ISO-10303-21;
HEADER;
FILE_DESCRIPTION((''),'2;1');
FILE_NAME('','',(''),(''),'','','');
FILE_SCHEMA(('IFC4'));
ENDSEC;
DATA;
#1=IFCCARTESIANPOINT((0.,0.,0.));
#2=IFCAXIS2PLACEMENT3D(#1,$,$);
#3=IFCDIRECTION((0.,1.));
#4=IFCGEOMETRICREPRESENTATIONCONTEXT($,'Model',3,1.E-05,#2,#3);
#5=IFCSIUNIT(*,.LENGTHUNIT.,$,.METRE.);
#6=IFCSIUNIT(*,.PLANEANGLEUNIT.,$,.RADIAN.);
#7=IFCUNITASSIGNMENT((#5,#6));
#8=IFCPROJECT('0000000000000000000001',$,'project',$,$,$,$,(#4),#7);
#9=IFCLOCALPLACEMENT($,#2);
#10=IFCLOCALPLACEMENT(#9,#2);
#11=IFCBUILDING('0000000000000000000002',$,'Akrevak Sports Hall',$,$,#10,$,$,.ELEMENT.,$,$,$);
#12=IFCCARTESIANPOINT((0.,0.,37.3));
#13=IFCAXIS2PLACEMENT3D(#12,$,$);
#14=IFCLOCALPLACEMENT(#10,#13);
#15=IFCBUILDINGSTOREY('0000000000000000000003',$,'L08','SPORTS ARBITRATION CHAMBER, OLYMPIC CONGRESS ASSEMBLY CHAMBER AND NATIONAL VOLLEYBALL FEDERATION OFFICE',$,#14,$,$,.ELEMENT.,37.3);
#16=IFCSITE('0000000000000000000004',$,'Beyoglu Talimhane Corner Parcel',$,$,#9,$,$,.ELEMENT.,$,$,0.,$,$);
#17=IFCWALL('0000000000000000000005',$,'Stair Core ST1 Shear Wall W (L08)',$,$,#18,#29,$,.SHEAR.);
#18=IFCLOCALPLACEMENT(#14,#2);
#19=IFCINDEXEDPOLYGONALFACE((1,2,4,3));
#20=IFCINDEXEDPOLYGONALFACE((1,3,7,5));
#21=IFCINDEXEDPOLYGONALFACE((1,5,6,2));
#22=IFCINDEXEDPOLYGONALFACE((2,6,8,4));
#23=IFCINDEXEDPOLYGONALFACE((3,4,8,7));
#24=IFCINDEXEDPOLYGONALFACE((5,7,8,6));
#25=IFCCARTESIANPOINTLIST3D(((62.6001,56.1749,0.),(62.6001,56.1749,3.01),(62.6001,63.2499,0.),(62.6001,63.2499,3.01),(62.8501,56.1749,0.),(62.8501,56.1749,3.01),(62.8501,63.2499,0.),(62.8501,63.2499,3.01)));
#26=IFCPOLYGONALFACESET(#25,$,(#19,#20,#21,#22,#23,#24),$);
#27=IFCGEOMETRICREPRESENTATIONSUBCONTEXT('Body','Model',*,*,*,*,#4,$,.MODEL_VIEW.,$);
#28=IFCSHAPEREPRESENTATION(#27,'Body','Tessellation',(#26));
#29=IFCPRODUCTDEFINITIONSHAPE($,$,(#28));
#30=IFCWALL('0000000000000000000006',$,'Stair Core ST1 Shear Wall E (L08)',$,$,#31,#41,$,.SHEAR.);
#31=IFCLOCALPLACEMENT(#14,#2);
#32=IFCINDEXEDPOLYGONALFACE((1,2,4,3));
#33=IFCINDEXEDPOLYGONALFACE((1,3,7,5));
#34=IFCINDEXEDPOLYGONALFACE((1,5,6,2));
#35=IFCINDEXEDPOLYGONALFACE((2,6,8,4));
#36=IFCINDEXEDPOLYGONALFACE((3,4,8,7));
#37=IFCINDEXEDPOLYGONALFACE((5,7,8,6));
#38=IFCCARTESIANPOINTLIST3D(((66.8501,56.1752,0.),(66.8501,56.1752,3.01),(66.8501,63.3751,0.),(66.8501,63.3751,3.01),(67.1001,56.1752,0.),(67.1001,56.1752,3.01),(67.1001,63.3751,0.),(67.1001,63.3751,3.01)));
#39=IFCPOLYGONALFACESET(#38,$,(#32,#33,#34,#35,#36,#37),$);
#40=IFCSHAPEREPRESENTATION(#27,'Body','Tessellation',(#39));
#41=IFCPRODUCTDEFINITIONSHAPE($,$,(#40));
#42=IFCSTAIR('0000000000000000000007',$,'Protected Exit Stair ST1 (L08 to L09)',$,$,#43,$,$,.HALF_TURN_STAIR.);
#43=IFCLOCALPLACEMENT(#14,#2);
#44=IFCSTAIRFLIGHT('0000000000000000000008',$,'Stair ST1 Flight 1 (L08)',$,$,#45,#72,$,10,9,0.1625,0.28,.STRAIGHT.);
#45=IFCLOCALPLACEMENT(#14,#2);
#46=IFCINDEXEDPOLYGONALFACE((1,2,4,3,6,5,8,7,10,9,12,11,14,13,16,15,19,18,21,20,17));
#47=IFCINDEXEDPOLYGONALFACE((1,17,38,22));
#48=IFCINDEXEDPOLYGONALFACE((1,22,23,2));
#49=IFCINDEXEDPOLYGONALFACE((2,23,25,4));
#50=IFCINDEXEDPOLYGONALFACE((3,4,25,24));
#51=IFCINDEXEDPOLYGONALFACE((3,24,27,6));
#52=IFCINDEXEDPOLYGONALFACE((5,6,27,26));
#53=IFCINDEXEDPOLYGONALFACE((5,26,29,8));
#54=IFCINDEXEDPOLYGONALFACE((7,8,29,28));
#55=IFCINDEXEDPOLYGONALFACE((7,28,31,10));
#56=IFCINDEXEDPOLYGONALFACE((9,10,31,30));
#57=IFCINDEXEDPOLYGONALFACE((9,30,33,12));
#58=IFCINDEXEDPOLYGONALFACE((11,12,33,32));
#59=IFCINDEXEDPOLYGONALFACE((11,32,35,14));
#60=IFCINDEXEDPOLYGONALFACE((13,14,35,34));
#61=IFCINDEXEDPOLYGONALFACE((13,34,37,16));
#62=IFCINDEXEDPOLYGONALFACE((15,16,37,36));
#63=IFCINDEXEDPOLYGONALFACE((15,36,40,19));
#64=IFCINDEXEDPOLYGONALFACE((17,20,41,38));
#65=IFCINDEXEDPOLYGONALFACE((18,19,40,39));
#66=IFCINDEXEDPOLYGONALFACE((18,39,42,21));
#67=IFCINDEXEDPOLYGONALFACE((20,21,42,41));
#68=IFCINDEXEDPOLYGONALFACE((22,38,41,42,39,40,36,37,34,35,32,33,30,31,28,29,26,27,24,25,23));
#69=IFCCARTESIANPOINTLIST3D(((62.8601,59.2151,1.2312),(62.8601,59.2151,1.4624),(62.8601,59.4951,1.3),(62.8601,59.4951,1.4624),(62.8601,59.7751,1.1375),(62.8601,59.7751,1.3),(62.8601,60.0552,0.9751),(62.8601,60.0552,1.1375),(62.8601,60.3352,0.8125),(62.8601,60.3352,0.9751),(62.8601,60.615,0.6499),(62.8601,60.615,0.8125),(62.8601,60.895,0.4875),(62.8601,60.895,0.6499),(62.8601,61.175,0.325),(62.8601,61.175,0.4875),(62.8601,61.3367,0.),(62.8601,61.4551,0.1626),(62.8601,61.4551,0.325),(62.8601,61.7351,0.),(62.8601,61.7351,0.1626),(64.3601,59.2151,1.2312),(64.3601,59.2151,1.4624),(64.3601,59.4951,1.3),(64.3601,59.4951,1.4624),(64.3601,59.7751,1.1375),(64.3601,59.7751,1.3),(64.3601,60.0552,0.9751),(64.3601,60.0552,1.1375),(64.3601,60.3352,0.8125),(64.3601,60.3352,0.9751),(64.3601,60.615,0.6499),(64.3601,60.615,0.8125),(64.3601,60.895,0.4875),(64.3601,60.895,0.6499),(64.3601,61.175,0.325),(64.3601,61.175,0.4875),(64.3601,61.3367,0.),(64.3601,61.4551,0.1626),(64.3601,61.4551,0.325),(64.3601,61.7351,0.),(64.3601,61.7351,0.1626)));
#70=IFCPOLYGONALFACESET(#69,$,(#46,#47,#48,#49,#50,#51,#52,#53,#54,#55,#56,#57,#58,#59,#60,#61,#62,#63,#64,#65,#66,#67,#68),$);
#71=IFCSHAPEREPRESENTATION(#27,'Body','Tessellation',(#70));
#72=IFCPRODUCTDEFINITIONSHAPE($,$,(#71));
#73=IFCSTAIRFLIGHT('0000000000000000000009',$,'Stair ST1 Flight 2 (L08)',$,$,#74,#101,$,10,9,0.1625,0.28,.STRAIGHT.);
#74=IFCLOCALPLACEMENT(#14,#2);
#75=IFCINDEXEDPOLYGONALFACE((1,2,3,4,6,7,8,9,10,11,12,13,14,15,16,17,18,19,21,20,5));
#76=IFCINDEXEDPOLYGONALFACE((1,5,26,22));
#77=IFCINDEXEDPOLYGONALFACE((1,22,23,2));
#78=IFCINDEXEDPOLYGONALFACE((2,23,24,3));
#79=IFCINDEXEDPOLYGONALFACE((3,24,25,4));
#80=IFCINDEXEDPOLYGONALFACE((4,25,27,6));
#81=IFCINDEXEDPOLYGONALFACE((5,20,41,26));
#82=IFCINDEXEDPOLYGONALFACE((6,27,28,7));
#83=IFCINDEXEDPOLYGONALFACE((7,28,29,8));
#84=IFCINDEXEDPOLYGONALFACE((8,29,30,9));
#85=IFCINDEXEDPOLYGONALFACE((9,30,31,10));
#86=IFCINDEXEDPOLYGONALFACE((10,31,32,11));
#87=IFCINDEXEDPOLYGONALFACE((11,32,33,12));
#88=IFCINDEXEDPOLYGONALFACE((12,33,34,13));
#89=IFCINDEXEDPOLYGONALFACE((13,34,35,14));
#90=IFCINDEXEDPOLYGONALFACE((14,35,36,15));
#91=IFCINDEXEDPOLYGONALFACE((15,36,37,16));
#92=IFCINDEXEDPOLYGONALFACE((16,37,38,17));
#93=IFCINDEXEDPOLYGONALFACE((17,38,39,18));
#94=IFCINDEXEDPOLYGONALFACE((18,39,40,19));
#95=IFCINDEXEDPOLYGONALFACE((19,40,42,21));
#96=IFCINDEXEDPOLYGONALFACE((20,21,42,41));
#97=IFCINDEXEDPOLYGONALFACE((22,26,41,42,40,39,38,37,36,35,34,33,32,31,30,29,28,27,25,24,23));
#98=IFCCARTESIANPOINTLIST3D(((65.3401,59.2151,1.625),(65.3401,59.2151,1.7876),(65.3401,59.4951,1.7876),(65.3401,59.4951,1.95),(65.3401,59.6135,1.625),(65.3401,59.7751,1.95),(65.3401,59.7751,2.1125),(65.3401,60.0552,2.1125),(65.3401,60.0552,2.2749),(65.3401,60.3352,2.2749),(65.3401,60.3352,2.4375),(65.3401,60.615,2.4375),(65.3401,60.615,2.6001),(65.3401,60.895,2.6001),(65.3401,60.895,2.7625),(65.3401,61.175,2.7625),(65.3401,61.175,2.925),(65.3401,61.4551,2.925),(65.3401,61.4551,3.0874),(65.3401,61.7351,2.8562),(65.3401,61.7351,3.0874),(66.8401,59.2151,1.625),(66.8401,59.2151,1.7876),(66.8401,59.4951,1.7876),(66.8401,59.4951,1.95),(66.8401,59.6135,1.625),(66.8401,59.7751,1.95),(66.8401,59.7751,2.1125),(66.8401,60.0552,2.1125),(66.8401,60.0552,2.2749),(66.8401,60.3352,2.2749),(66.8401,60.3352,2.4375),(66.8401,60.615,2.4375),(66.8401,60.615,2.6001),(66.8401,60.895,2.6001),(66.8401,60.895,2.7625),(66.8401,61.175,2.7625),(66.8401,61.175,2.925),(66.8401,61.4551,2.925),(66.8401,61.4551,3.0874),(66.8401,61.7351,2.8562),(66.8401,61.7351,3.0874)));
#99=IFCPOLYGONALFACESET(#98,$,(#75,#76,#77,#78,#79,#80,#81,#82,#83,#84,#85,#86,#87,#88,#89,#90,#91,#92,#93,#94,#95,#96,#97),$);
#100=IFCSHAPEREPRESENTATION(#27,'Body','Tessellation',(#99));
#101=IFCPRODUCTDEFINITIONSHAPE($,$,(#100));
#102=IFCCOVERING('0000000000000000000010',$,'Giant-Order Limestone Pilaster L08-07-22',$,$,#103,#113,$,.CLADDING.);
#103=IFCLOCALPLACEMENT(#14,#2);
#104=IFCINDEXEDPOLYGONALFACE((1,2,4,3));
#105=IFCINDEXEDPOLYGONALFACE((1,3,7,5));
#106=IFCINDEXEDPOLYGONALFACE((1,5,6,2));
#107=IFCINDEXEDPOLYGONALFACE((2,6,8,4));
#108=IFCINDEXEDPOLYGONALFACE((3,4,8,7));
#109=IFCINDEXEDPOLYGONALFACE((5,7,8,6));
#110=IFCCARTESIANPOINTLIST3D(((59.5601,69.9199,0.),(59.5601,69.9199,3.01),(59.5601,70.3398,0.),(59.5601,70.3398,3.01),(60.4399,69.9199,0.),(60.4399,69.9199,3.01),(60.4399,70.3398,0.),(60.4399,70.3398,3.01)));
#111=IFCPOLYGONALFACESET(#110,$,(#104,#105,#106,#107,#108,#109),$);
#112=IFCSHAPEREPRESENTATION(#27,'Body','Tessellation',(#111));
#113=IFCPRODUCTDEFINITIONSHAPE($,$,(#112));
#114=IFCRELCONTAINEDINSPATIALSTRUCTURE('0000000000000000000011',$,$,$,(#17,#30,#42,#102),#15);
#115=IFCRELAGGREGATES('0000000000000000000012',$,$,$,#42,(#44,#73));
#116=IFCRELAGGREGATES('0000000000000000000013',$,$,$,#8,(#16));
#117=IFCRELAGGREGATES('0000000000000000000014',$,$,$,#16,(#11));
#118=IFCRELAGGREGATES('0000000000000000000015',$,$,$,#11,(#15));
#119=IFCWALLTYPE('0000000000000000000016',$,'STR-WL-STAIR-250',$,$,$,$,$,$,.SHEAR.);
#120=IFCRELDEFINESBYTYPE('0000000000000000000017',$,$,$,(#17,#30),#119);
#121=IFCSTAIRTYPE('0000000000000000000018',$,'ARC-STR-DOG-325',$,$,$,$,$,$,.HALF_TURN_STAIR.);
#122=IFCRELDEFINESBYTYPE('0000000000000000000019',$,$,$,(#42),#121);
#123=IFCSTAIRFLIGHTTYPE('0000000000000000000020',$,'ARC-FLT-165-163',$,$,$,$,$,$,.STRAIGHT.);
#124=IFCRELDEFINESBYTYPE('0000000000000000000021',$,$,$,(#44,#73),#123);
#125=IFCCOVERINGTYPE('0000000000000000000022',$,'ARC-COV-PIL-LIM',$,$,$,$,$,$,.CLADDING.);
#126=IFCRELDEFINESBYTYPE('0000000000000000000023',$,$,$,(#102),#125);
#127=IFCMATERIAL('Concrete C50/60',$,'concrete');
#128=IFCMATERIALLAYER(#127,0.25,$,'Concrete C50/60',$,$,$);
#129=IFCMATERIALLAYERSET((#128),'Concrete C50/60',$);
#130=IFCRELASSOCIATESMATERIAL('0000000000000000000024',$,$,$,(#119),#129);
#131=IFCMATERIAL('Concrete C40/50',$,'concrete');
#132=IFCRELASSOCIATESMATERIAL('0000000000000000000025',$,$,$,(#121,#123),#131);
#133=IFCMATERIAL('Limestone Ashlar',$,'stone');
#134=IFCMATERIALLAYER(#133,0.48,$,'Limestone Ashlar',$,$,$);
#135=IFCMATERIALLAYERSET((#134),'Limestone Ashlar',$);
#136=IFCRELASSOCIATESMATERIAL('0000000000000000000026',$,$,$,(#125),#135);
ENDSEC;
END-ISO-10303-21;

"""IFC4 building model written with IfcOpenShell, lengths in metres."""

from ifc_helpers import new_model, si_unit, direction, frame, frame_2d, origin, origin_2d, place, context, subcontext, project, spatial, polyline, rectangle, outline, extrude, material, layer, layer_set, type_object, element, aggregate, save


model = new_model("IFC4")

# Units and contexts
model_context = context("Model", 3, precision=1e-05, world=origin(), true_north=direction((0.0, 1.0)))
body_context = subcontext(model_context, "Body", "Model", "MODEL_VIEW")
ifc_project = project(units=[si_unit("LENGTHUNIT", "METRE"), si_unit("PLANEANGLEUNIT", "RADIAN")], contexts=[model_context])

# Site, building, storey
site_placement = place(None, origin())
site = spatial("IfcSite", under=ifc_project, at=site_placement, Name="Beyoglu Talimhane Corner Parcel", CompositionType="ELEMENT", RefElevation=0.0)
building_placement = place(site_placement, origin())
building = spatial("IfcBuilding", under=site, at=building_placement, Name="Akrevak Sports Hall", CompositionType="ELEMENT")
storey_placement = place(building_placement, frame((0.0, 0.0, 37.3)))
storey = spatial("IfcBuildingStorey", under=building, at=storey_placement, Name="L08", Description="SPORTS ARBITRATION CHAMBER, OLYMPIC CONGRESS ASSEMBLY CHAMBER AND NATIONAL VOLLEYBALL FEDERATION OFFICE", CompositionType="ELEMENT", Elevation=37.3)

# Shared definitions
ifc_material_1 = material(Name="Concrete C40/50", Category="concrete")

# Shared definitions
ifc_material_2 = material(Name="Concrete C50/60", Category="concrete")

# Shared definitions
ifc_layer_1 = layer(ifc_material_2, 0.25, Name="Concrete C50/60")
ifc_layer_set_1 = layer_set([ifc_layer_1], Name="Concrete C50/60")
wall_type_1 = type_object("IfcWallType", Name="STR-WL-STAIR-250", PredefinedType="SHEAR", material=ifc_layer_set_1)

# Walls
wall_1_placement = place(storey_placement, frame((62.7251, 63.25, 0.0), z_axis=(0.0, 0.0, 1.0), x_axis=(0.0, -1.0, 0.0)))
element("IfcWall", 1, at=wall_1_placement, inside=storey, type_object=wall_type_1, Name="Stair Core ST1 Shear Wall W (L08)", PredefinedType="SHEAR", context=body_context, shape_type="SweptSolid", body=[
    extrude(rectangle(XDim=7.075, YDim=0.25, at=frame_2d((3.5376, 0.0))), origin(), (0.0, 0.0, 1.0), 3.01),
])
wall_2_placement = place(storey_placement, frame((66.9751, 56.175, 0.0), z_axis=(0.0, 0.0, 1.0), x_axis=(0.0, 1.0, 0.0)))
element("IfcWall", 2, at=wall_2_placement, inside=storey, type_object=wall_type_1, Name="Stair Core ST1 Shear Wall E (L08)", PredefinedType="SHEAR", context=body_context, shape_type="SweptSolid", body=[
    extrude(rectangle(XDim=7.2, YDim=0.25, at=frame_2d((3.6001, 0.0))), origin(), (0.0, 0.0, 1.0), 3.01),
])

# Stair, stair flights
stair_type = type_object("IfcStairType", Name="ARC-STR-DOG-325", PredefinedType="HALF_TURN_STAIR", material=ifc_material_1)
stair_placement = place(storey_placement, origin())
stair = element("IfcStair", 3, at=stair_placement, inside=storey, type_object=stair_type, Name="Protected Exit Stair ST1 (L08 to L09)", PredefinedType="HALF_TURN_STAIR")
stair_flight_type = type_object("IfcStairFlightType", Name="ARC-FLT-165-163", PredefinedType="STRAIGHT", material=ifc_material_1)
stair_flight_1_placement = place(storey_placement, frame((63.6101, 61.7351, 0.0), z_axis=(0.0, 0.0, 1.0), x_axis=(0.0, -1.0, 0.0)))
stair_flight_1 = element("IfcStairFlight", 4, at=stair_flight_1_placement, type_object=stair_flight_type, Name="Stair ST1 Flight 1 (L08)", NumberOfRisers=10, NumberOfTreads=9, PredefinedType="STRAIGHT", RiserHeight=0.1625, TreadLength=0.28, context=body_context, shape_type="SweptSolid", body=[
    extrude(outline(polyline([(0.0, 0.0), (0.0, 0.1626), (0.28, 0.1626), (0.28, 0.325), (0.5601, 0.325), (0.5601, 0.4875), (0.8401, 0.4875), (0.8401, 0.6499), (1.1201, 0.6499), (1.1201, 0.8125), (1.3999, 0.8125), (1.3999, 0.9751), (1.6799, 0.9751), (1.6799, 1.1375), (1.96, 1.1375), (1.96, 1.3), (2.24, 1.3), (2.24, 1.4624), (2.52, 1.4624), (2.52, 1.625), (2.52, 1.2312), (0.3984, 0.0), (0.0, 0.0)])), frame((0.0, 0.75, 0.0), z_axis=(0.0, -1.0, 0.0), x_axis=(1.0, 0.0, 0.0)), (0.0, 0.0, 1.0), 1.5),
])
stair_flight_2_placement = place(storey_placement, frame((66.0901, 59.2151, 1.625), z_axis=(0.0, 0.0, 1.0), x_axis=(0.0, 1.0, 0.0)))
stair_flight_2 = element("IfcStairFlight", 5, at=stair_flight_2_placement, type_object=stair_flight_type, Name="Stair ST1 Flight 2 (L08)", NumberOfRisers=10, NumberOfTreads=9, PredefinedType="STRAIGHT", RiserHeight=0.1625, TreadLength=0.28, context=body_context, shape_type="SweptSolid", body=[
    extrude(outline(polyline([(0.0, 0.0), (0.0, 0.1626), (0.28, 0.1626), (0.28, 0.325), (0.5601, 0.325), (0.5601, 0.4875), (0.8401, 0.4875), (0.8401, 0.6499), (1.1201, 0.6499), (1.1201, 0.8125), (1.3999, 0.8125), (1.3999, 0.9751), (1.6799, 0.9751), (1.6799, 1.1375), (1.96, 1.1375), (1.96, 1.3), (2.24, 1.3), (2.24, 1.4624), (2.52, 1.4624), (2.52, 1.625), (2.52, 1.2312), (0.3984, 0.0), (0.0, 0.0)])), frame((0.0, 0.75, 0.0), z_axis=(0.0, -1.0, 0.0), x_axis=(1.0, 0.0, 0.0)), (0.0, 0.0, 1.0), 1.5),
])
aggregate(stair, [stair_flight_1, stair_flight_2])

# Covering
ifc_material_3 = material(Name="Limestone Ashlar", Category="stone")
ifc_layer_2 = layer(ifc_material_3, 0.48, Name="Limestone Ashlar")
ifc_layer_set_2 = layer_set([ifc_layer_2], Name="Limestone Ashlar")
covering_type = type_object("IfcCoveringType", Name="ARC-COV-PIL-LIM", PredefinedType="CLADDING", material=ifc_layer_set_2)
covering_placement = place(storey_placement, frame((60.0, 70.1299, 0.0), z_axis=(0.0, 0.0, 1.0), x_axis=(-1.0, 0.0, 0.0)))
element("IfcCovering", 6, at=covering_placement, inside=storey, type_object=covering_type, Name="Giant-Order Limestone Pilaster L08-07-22", PredefinedType="CLADDING", context=body_context, shape_type="SweptSolid", body=[
    extrude(rectangle(XDim=0.8799, YDim=0.4199, at=origin_2d()), origin(), (0.0, 0.0, 1.0), 3.01),
])

save(model, "model.ifc")
